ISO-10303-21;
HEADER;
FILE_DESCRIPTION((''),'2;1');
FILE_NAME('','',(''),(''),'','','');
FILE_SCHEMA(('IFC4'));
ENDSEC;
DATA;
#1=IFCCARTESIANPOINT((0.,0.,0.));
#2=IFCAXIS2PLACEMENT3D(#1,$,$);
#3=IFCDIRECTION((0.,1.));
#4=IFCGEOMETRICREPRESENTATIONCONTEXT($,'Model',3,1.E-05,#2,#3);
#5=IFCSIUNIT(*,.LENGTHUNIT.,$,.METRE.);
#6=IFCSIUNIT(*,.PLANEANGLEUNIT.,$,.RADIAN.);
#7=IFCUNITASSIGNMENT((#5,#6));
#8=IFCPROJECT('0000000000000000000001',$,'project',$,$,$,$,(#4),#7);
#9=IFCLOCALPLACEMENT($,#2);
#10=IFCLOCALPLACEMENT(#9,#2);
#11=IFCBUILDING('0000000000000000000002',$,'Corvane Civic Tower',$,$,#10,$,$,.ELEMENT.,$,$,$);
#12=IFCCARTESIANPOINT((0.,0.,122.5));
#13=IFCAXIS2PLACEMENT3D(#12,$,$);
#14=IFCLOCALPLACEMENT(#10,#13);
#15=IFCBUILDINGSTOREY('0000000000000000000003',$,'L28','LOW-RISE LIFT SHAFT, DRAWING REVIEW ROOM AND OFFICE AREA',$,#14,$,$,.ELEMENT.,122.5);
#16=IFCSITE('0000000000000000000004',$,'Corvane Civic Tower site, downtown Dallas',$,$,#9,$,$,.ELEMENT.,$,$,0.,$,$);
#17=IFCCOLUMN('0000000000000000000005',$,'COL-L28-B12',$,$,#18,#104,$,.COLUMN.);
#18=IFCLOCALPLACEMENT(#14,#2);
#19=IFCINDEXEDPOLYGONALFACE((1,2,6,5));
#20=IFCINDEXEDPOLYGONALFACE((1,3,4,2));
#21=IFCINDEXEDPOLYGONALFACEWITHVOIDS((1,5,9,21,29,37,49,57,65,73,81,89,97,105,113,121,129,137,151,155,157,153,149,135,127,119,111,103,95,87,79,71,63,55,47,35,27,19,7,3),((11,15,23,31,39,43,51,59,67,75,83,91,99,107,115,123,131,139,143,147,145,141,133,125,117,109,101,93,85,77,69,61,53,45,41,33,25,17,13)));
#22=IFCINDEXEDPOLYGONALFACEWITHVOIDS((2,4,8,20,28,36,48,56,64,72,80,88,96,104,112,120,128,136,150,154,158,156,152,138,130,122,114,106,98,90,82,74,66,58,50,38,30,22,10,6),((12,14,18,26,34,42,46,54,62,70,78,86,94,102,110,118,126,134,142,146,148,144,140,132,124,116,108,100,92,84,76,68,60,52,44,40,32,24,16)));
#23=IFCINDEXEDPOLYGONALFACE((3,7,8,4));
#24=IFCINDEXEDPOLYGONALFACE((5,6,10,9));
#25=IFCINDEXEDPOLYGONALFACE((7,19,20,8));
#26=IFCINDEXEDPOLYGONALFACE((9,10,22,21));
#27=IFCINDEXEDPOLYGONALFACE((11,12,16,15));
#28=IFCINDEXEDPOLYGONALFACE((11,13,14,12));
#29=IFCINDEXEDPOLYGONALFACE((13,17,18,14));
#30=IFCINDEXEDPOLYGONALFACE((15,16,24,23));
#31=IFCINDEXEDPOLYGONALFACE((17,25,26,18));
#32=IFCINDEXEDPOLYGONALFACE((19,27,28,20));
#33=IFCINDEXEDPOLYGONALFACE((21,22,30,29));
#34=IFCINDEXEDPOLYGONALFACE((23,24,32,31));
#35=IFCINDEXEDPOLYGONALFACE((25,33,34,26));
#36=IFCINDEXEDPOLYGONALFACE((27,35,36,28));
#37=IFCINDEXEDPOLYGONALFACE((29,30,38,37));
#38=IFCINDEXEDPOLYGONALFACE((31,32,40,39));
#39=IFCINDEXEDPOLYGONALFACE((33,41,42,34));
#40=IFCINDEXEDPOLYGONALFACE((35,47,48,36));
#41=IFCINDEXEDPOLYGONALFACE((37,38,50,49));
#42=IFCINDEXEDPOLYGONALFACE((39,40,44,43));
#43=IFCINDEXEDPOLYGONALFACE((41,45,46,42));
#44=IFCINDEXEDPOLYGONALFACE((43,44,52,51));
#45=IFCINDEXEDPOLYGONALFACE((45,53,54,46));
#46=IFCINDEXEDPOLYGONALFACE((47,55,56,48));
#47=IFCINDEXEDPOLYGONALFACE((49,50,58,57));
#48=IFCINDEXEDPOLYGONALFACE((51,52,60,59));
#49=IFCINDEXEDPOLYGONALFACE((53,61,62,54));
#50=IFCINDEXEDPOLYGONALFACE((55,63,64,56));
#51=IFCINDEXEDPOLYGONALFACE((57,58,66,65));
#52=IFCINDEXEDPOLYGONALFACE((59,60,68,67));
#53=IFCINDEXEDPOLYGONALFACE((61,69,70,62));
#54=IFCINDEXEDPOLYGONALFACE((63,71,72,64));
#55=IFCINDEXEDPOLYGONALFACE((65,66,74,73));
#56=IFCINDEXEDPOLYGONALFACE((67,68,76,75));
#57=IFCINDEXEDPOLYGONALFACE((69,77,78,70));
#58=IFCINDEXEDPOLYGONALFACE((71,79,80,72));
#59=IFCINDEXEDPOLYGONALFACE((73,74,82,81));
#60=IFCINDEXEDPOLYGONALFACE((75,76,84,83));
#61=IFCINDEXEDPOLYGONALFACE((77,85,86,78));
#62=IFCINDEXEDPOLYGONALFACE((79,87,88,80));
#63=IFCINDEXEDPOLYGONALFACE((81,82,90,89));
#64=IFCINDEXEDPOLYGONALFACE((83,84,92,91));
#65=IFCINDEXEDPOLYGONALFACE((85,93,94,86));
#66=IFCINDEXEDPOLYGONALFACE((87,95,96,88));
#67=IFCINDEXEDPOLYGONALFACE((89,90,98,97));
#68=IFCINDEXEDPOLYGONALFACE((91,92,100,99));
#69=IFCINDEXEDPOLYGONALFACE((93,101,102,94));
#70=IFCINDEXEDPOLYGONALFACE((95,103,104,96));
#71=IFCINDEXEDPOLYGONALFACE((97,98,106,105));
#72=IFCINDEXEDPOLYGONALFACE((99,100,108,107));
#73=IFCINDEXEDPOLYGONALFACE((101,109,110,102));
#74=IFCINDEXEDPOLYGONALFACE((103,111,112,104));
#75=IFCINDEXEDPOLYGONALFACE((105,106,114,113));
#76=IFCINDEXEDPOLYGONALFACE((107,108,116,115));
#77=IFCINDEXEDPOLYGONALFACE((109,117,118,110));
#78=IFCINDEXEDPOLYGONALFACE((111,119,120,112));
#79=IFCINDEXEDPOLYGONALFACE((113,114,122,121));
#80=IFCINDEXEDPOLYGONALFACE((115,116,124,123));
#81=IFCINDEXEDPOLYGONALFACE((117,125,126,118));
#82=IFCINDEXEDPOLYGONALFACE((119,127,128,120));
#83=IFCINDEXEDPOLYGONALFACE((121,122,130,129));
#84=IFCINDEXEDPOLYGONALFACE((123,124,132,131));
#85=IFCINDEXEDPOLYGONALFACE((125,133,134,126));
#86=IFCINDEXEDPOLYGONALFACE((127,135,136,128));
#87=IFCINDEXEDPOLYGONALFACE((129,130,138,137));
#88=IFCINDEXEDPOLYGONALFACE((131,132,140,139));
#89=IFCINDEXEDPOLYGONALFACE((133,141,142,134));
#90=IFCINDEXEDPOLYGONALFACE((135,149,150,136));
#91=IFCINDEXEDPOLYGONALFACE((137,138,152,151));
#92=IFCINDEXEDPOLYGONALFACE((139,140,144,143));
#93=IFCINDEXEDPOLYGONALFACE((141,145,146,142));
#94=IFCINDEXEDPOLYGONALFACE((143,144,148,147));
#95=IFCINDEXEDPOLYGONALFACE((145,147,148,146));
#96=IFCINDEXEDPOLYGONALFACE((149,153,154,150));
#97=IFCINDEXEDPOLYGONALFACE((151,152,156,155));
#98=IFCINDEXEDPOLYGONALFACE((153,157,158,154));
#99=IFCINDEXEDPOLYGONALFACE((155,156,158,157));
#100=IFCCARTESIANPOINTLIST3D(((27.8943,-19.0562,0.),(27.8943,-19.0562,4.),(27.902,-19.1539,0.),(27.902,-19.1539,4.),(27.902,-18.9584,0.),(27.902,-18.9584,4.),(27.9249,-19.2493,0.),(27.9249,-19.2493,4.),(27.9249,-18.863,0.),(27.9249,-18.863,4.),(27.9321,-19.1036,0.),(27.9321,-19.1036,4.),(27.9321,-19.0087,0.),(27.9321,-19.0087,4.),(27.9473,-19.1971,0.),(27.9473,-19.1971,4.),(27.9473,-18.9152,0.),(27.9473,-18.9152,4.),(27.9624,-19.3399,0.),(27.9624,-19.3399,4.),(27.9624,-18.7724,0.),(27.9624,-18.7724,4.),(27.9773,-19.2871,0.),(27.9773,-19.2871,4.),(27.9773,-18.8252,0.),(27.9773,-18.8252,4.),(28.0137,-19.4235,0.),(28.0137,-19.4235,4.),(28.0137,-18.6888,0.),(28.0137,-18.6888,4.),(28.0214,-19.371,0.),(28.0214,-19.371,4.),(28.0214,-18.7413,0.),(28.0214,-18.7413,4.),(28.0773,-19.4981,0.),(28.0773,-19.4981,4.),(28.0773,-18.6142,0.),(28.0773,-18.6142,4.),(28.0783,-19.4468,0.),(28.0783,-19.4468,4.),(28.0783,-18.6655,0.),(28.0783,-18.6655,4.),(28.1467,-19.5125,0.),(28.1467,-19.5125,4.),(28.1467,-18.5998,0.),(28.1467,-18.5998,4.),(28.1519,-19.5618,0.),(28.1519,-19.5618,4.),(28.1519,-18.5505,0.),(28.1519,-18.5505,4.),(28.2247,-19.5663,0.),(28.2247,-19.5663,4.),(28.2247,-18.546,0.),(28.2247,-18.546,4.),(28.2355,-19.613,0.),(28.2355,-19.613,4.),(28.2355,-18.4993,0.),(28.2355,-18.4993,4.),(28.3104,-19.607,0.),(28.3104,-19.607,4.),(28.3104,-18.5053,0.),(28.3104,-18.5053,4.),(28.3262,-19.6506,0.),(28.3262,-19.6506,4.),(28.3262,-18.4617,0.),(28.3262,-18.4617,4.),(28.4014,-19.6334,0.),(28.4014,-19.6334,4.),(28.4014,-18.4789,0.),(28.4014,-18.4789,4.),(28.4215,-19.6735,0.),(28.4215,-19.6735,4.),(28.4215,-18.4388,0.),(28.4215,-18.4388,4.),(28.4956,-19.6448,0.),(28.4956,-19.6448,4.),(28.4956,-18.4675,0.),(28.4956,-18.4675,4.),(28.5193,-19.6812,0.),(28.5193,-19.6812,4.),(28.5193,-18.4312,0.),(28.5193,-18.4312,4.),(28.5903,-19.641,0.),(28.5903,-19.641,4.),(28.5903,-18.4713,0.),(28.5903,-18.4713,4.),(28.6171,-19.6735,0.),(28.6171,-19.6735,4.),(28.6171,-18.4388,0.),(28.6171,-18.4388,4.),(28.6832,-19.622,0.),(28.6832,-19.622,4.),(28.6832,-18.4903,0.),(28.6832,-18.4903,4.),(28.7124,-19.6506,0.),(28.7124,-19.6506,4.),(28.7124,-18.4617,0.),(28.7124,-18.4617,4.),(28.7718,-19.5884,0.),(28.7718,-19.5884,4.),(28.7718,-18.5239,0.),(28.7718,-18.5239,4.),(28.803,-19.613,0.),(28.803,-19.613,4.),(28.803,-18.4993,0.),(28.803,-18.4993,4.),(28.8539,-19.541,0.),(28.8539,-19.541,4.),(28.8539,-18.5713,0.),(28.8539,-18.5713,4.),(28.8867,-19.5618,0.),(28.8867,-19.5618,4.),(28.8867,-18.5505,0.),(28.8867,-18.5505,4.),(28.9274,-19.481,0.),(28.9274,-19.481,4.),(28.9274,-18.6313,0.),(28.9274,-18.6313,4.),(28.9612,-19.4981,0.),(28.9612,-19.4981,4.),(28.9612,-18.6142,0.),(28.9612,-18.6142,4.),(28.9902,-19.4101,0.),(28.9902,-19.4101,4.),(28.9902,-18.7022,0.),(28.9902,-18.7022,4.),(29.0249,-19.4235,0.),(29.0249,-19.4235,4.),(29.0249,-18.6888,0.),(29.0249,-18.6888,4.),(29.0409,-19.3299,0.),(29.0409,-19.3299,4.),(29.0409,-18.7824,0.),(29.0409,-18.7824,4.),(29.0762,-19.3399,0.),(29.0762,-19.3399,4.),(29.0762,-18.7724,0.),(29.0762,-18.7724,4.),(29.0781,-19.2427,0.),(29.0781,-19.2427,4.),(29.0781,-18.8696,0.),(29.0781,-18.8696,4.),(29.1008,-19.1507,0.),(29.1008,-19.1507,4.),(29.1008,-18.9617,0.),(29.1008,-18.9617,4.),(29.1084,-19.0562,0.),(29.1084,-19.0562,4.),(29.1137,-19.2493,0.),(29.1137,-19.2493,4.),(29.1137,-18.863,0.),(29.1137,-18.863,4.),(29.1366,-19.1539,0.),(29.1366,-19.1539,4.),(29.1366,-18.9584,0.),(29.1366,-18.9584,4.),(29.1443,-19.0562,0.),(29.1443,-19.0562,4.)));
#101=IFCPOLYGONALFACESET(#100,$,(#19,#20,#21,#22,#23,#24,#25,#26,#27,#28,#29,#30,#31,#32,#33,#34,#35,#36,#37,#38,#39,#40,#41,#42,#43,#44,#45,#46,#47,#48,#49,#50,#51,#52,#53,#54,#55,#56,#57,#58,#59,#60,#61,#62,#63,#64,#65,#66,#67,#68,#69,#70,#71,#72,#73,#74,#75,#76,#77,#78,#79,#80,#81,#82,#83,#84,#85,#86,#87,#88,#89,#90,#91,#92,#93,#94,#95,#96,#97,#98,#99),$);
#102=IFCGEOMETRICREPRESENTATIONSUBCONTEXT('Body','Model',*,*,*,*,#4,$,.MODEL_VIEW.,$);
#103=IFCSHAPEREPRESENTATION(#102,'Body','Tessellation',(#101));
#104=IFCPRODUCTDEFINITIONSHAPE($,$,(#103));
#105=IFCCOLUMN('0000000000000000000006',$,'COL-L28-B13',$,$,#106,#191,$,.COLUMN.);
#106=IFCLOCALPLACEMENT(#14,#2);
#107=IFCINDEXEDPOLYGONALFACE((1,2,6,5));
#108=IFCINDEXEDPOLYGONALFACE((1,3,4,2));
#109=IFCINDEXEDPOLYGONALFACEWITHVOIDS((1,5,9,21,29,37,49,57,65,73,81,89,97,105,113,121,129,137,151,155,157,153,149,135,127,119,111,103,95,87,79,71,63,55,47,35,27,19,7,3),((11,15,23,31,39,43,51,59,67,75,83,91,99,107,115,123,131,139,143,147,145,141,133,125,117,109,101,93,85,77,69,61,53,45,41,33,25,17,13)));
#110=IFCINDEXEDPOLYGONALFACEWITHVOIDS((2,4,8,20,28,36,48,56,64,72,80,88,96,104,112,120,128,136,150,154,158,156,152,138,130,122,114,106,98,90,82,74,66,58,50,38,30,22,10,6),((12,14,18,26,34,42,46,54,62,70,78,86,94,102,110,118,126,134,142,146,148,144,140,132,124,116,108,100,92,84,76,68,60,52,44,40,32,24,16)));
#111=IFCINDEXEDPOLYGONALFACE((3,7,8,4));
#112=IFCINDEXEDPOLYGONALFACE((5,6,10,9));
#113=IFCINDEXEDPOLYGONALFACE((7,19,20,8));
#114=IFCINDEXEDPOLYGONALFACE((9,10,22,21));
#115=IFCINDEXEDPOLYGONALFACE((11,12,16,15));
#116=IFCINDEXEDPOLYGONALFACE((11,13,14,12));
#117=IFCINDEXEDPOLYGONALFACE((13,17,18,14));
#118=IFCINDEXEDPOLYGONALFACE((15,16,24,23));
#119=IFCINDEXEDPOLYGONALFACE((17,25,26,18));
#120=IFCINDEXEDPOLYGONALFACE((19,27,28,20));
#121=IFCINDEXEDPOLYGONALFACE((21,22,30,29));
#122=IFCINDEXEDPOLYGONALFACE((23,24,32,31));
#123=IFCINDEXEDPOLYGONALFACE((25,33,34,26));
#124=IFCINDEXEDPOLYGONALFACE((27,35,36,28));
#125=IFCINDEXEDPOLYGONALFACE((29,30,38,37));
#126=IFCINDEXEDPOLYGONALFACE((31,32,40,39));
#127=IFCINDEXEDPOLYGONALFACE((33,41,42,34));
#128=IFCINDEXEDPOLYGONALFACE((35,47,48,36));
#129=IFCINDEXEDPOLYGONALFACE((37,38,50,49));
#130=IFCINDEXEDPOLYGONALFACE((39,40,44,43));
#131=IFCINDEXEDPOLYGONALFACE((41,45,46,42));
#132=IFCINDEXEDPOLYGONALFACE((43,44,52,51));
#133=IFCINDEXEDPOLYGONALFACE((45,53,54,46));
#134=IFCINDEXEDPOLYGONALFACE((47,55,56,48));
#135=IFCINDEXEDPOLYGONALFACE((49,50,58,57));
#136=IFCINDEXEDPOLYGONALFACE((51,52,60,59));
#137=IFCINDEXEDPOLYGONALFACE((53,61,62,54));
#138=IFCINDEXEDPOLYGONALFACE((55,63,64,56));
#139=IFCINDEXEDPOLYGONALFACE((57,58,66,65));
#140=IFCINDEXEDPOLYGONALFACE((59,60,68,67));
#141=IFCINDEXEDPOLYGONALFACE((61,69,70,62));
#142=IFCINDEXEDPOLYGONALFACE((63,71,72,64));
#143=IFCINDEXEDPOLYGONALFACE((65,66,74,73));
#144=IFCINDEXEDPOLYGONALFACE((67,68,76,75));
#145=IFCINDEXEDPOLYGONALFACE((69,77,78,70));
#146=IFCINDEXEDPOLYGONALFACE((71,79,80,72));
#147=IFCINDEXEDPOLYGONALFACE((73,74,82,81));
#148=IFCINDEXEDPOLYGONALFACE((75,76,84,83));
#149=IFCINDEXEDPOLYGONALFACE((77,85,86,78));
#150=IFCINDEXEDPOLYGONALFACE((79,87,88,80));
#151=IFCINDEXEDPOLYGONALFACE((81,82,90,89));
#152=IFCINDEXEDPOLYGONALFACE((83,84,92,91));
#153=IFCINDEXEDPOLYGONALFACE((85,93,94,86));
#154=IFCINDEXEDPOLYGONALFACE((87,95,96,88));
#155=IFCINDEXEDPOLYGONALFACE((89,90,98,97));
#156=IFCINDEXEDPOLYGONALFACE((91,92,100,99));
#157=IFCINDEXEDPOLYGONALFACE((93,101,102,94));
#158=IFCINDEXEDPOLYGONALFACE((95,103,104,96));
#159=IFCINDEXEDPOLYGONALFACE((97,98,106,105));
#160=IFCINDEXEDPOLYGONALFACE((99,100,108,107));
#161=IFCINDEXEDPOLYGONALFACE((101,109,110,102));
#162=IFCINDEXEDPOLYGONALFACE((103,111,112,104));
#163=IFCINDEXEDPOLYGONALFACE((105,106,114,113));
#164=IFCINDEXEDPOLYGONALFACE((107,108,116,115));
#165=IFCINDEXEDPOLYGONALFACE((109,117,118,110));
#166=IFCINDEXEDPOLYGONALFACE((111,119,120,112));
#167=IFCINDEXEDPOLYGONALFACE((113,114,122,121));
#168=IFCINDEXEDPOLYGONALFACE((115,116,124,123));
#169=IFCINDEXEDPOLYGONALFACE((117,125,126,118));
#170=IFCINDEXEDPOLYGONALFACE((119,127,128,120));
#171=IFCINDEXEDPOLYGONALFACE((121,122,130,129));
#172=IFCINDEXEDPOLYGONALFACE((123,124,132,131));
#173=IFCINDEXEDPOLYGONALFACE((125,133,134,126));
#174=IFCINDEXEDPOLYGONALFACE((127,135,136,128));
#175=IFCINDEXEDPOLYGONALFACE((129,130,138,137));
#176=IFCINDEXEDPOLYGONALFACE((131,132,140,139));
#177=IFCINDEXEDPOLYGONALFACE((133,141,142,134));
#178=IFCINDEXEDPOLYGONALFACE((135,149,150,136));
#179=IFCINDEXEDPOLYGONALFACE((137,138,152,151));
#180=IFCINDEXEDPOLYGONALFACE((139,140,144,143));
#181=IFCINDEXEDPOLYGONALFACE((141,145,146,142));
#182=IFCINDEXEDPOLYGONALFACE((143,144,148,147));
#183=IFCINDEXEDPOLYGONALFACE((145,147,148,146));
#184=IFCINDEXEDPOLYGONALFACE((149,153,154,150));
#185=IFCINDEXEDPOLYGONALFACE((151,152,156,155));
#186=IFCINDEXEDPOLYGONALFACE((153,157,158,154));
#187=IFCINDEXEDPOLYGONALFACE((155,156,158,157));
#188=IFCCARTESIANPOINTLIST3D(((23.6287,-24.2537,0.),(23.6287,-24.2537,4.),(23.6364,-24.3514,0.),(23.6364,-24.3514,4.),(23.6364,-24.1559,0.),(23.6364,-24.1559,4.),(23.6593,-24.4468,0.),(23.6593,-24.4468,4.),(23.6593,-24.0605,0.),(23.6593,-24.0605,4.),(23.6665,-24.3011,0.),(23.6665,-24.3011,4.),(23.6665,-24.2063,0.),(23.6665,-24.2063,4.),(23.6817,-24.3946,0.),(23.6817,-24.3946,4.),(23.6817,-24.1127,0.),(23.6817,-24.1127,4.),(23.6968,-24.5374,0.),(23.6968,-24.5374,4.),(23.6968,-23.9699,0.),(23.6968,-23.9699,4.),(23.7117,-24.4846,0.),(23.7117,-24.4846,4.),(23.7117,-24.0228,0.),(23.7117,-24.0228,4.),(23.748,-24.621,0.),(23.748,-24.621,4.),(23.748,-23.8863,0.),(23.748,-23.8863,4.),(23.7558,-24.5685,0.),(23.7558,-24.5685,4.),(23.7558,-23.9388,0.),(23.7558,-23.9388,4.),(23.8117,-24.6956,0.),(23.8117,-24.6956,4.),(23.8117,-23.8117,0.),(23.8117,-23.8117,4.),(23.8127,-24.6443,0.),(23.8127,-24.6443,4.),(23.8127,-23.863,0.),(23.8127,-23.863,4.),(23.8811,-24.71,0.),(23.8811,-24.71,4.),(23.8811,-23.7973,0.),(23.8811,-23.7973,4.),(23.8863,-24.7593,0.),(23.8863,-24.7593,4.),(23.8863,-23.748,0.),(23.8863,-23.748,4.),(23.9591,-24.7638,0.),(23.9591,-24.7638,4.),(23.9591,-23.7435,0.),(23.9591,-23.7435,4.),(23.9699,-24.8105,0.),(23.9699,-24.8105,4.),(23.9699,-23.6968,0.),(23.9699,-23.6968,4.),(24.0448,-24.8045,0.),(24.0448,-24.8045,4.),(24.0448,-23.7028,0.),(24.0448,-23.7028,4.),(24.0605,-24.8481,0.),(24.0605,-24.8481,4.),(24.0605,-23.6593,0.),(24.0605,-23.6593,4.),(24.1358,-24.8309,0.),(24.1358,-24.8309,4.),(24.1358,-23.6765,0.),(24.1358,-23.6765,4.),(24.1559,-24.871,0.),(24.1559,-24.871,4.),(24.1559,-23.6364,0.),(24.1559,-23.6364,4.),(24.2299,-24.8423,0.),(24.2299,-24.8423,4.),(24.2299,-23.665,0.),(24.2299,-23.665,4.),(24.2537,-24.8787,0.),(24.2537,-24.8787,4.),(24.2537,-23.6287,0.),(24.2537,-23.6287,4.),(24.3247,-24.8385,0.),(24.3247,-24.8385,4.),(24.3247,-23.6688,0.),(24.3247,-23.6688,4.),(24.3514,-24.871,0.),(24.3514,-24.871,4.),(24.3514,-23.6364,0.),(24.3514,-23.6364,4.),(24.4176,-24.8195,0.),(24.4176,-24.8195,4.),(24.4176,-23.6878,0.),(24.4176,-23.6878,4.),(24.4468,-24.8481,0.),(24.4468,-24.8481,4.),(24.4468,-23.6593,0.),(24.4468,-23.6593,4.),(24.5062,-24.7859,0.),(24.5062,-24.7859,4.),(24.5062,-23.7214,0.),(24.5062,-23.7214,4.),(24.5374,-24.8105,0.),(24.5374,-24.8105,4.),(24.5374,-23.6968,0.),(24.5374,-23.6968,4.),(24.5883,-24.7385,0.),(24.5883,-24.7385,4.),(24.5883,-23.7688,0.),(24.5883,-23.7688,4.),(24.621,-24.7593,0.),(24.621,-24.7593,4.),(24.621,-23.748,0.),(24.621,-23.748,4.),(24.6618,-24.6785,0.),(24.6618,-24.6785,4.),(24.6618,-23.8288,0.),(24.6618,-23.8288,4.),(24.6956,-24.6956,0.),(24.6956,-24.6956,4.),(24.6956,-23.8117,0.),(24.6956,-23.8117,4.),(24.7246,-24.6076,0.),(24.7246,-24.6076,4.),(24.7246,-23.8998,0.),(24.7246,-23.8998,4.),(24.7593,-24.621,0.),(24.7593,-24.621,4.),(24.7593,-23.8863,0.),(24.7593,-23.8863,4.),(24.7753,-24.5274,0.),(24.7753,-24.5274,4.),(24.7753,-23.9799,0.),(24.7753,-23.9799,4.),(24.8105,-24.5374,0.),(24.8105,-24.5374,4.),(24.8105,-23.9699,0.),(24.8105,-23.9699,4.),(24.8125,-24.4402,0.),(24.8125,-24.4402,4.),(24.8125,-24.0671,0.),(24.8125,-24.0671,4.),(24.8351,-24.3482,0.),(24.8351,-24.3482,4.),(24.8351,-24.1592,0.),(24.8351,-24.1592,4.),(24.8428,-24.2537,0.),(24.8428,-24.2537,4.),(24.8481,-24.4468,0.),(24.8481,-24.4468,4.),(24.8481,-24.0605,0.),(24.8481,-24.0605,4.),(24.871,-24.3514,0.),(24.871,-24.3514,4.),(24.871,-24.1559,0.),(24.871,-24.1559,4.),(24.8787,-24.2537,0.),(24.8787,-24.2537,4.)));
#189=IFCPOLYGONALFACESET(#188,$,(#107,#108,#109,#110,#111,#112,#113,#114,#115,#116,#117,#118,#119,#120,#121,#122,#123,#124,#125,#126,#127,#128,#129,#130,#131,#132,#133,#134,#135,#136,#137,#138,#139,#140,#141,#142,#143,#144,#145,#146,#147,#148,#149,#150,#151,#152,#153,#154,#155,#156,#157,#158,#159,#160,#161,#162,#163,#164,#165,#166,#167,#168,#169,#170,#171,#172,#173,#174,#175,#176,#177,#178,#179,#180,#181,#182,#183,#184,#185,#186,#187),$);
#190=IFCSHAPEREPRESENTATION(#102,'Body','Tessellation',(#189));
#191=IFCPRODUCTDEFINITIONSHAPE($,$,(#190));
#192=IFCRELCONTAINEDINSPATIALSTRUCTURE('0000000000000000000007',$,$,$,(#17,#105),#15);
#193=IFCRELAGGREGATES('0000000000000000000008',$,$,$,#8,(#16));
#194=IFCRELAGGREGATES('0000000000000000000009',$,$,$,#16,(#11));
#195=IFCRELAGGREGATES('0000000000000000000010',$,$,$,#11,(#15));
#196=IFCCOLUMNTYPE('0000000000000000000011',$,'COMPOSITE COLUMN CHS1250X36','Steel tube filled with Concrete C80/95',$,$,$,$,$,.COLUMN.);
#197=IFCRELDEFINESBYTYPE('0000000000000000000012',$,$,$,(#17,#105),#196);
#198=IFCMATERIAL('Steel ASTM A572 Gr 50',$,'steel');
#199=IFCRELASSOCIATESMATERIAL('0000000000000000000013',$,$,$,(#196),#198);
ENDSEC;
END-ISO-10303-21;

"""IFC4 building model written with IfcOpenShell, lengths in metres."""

from ifc_helpers import new_model, si_unit, direction, frame, origin, origin_2d, place, context, subcontext, project, spatial, hollow_circle, extrude, material, material_profile, profile_set, type_object, element, save


model = new_model("IFC4")

# Units and contexts
model_context = context("Model", 3, precision=1e-05, world=origin(), true_north=direction((0.0, 1.0)))
body_context = subcontext(model_context, "Body", "Model", "MODEL_VIEW")
ifc_project = project(units=[si_unit("LENGTHUNIT", "METRE"), si_unit("PLANEANGLEUNIT", "RADIAN")], contexts=[model_context])

# Site, building, storey
site_placement = place(None, origin())
site = spatial("IfcSite", under=ifc_project, at=site_placement, Name="Corvane Civic Tower site, downtown Dallas", CompositionType="ELEMENT", RefElevation=0.0)
building_placement = place(site_placement, origin())
building = spatial("IfcBuilding", under=site, at=building_placement, Name="Corvane Civic Tower", CompositionType="ELEMENT")
storey_placement = place(building_placement, frame((0.0, 0.0, 122.5)))
storey = spatial("IfcBuildingStorey", under=building, at=storey_placement, Name="L28", Description="LOW-RISE LIFT SHAFT, DRAWING REVIEW ROOM AND OFFICE AREA", CompositionType="ELEMENT", Elevation=122.5)

# Columns
ifc_material_1 = material(Name="Steel ASTM A572 Gr 50", Category="steel")
ifc_material_profile_1 = material_profile(ifc_material_1, hollow_circle(Radius=0.625, WallThickness=0.0359, at=origin_2d()), Name="CHS1250X36")
ifc_profile_set_1 = profile_set([ifc_material_profile_1], Name="Steel ASTM A572 Gr 50")
column_type = type_object("IfcColumnType", Name="COMPOSITE COLUMN CHS1250X36", Description="Steel tube filled with Concrete C80/95", PredefinedType="COLUMN", material=ifc_profile_set_1)
for number, where, z_axis, x_axis, name in (
    (1, (28.5193, -19.0562, 0.0), (0.0, 0.0, 1.0), (1.0, 0.0, 0.0), "COL-L28-B12"),
    (2, (24.2537, -24.2537, 0.0), (0.0, 0.0, 1.0), (1.0, 0.0, 0.0), "COL-L28-B13"),
):
    element("IfcColumn", number, at=place(storey_placement, frame(where, z_axis=z_axis, x_axis=x_axis)), inside=storey, type_object=column_type, Name=name, PredefinedType="COLUMN", context=body_context, shape_type="SweptSolid", body=[
        extrude(hollow_circle(Radius=0.625, WallThickness=0.0359, at=origin_2d()), origin(), (0.0, 0.0, 1.0), 4.0),
    ])

save(model, "model.ifc")
